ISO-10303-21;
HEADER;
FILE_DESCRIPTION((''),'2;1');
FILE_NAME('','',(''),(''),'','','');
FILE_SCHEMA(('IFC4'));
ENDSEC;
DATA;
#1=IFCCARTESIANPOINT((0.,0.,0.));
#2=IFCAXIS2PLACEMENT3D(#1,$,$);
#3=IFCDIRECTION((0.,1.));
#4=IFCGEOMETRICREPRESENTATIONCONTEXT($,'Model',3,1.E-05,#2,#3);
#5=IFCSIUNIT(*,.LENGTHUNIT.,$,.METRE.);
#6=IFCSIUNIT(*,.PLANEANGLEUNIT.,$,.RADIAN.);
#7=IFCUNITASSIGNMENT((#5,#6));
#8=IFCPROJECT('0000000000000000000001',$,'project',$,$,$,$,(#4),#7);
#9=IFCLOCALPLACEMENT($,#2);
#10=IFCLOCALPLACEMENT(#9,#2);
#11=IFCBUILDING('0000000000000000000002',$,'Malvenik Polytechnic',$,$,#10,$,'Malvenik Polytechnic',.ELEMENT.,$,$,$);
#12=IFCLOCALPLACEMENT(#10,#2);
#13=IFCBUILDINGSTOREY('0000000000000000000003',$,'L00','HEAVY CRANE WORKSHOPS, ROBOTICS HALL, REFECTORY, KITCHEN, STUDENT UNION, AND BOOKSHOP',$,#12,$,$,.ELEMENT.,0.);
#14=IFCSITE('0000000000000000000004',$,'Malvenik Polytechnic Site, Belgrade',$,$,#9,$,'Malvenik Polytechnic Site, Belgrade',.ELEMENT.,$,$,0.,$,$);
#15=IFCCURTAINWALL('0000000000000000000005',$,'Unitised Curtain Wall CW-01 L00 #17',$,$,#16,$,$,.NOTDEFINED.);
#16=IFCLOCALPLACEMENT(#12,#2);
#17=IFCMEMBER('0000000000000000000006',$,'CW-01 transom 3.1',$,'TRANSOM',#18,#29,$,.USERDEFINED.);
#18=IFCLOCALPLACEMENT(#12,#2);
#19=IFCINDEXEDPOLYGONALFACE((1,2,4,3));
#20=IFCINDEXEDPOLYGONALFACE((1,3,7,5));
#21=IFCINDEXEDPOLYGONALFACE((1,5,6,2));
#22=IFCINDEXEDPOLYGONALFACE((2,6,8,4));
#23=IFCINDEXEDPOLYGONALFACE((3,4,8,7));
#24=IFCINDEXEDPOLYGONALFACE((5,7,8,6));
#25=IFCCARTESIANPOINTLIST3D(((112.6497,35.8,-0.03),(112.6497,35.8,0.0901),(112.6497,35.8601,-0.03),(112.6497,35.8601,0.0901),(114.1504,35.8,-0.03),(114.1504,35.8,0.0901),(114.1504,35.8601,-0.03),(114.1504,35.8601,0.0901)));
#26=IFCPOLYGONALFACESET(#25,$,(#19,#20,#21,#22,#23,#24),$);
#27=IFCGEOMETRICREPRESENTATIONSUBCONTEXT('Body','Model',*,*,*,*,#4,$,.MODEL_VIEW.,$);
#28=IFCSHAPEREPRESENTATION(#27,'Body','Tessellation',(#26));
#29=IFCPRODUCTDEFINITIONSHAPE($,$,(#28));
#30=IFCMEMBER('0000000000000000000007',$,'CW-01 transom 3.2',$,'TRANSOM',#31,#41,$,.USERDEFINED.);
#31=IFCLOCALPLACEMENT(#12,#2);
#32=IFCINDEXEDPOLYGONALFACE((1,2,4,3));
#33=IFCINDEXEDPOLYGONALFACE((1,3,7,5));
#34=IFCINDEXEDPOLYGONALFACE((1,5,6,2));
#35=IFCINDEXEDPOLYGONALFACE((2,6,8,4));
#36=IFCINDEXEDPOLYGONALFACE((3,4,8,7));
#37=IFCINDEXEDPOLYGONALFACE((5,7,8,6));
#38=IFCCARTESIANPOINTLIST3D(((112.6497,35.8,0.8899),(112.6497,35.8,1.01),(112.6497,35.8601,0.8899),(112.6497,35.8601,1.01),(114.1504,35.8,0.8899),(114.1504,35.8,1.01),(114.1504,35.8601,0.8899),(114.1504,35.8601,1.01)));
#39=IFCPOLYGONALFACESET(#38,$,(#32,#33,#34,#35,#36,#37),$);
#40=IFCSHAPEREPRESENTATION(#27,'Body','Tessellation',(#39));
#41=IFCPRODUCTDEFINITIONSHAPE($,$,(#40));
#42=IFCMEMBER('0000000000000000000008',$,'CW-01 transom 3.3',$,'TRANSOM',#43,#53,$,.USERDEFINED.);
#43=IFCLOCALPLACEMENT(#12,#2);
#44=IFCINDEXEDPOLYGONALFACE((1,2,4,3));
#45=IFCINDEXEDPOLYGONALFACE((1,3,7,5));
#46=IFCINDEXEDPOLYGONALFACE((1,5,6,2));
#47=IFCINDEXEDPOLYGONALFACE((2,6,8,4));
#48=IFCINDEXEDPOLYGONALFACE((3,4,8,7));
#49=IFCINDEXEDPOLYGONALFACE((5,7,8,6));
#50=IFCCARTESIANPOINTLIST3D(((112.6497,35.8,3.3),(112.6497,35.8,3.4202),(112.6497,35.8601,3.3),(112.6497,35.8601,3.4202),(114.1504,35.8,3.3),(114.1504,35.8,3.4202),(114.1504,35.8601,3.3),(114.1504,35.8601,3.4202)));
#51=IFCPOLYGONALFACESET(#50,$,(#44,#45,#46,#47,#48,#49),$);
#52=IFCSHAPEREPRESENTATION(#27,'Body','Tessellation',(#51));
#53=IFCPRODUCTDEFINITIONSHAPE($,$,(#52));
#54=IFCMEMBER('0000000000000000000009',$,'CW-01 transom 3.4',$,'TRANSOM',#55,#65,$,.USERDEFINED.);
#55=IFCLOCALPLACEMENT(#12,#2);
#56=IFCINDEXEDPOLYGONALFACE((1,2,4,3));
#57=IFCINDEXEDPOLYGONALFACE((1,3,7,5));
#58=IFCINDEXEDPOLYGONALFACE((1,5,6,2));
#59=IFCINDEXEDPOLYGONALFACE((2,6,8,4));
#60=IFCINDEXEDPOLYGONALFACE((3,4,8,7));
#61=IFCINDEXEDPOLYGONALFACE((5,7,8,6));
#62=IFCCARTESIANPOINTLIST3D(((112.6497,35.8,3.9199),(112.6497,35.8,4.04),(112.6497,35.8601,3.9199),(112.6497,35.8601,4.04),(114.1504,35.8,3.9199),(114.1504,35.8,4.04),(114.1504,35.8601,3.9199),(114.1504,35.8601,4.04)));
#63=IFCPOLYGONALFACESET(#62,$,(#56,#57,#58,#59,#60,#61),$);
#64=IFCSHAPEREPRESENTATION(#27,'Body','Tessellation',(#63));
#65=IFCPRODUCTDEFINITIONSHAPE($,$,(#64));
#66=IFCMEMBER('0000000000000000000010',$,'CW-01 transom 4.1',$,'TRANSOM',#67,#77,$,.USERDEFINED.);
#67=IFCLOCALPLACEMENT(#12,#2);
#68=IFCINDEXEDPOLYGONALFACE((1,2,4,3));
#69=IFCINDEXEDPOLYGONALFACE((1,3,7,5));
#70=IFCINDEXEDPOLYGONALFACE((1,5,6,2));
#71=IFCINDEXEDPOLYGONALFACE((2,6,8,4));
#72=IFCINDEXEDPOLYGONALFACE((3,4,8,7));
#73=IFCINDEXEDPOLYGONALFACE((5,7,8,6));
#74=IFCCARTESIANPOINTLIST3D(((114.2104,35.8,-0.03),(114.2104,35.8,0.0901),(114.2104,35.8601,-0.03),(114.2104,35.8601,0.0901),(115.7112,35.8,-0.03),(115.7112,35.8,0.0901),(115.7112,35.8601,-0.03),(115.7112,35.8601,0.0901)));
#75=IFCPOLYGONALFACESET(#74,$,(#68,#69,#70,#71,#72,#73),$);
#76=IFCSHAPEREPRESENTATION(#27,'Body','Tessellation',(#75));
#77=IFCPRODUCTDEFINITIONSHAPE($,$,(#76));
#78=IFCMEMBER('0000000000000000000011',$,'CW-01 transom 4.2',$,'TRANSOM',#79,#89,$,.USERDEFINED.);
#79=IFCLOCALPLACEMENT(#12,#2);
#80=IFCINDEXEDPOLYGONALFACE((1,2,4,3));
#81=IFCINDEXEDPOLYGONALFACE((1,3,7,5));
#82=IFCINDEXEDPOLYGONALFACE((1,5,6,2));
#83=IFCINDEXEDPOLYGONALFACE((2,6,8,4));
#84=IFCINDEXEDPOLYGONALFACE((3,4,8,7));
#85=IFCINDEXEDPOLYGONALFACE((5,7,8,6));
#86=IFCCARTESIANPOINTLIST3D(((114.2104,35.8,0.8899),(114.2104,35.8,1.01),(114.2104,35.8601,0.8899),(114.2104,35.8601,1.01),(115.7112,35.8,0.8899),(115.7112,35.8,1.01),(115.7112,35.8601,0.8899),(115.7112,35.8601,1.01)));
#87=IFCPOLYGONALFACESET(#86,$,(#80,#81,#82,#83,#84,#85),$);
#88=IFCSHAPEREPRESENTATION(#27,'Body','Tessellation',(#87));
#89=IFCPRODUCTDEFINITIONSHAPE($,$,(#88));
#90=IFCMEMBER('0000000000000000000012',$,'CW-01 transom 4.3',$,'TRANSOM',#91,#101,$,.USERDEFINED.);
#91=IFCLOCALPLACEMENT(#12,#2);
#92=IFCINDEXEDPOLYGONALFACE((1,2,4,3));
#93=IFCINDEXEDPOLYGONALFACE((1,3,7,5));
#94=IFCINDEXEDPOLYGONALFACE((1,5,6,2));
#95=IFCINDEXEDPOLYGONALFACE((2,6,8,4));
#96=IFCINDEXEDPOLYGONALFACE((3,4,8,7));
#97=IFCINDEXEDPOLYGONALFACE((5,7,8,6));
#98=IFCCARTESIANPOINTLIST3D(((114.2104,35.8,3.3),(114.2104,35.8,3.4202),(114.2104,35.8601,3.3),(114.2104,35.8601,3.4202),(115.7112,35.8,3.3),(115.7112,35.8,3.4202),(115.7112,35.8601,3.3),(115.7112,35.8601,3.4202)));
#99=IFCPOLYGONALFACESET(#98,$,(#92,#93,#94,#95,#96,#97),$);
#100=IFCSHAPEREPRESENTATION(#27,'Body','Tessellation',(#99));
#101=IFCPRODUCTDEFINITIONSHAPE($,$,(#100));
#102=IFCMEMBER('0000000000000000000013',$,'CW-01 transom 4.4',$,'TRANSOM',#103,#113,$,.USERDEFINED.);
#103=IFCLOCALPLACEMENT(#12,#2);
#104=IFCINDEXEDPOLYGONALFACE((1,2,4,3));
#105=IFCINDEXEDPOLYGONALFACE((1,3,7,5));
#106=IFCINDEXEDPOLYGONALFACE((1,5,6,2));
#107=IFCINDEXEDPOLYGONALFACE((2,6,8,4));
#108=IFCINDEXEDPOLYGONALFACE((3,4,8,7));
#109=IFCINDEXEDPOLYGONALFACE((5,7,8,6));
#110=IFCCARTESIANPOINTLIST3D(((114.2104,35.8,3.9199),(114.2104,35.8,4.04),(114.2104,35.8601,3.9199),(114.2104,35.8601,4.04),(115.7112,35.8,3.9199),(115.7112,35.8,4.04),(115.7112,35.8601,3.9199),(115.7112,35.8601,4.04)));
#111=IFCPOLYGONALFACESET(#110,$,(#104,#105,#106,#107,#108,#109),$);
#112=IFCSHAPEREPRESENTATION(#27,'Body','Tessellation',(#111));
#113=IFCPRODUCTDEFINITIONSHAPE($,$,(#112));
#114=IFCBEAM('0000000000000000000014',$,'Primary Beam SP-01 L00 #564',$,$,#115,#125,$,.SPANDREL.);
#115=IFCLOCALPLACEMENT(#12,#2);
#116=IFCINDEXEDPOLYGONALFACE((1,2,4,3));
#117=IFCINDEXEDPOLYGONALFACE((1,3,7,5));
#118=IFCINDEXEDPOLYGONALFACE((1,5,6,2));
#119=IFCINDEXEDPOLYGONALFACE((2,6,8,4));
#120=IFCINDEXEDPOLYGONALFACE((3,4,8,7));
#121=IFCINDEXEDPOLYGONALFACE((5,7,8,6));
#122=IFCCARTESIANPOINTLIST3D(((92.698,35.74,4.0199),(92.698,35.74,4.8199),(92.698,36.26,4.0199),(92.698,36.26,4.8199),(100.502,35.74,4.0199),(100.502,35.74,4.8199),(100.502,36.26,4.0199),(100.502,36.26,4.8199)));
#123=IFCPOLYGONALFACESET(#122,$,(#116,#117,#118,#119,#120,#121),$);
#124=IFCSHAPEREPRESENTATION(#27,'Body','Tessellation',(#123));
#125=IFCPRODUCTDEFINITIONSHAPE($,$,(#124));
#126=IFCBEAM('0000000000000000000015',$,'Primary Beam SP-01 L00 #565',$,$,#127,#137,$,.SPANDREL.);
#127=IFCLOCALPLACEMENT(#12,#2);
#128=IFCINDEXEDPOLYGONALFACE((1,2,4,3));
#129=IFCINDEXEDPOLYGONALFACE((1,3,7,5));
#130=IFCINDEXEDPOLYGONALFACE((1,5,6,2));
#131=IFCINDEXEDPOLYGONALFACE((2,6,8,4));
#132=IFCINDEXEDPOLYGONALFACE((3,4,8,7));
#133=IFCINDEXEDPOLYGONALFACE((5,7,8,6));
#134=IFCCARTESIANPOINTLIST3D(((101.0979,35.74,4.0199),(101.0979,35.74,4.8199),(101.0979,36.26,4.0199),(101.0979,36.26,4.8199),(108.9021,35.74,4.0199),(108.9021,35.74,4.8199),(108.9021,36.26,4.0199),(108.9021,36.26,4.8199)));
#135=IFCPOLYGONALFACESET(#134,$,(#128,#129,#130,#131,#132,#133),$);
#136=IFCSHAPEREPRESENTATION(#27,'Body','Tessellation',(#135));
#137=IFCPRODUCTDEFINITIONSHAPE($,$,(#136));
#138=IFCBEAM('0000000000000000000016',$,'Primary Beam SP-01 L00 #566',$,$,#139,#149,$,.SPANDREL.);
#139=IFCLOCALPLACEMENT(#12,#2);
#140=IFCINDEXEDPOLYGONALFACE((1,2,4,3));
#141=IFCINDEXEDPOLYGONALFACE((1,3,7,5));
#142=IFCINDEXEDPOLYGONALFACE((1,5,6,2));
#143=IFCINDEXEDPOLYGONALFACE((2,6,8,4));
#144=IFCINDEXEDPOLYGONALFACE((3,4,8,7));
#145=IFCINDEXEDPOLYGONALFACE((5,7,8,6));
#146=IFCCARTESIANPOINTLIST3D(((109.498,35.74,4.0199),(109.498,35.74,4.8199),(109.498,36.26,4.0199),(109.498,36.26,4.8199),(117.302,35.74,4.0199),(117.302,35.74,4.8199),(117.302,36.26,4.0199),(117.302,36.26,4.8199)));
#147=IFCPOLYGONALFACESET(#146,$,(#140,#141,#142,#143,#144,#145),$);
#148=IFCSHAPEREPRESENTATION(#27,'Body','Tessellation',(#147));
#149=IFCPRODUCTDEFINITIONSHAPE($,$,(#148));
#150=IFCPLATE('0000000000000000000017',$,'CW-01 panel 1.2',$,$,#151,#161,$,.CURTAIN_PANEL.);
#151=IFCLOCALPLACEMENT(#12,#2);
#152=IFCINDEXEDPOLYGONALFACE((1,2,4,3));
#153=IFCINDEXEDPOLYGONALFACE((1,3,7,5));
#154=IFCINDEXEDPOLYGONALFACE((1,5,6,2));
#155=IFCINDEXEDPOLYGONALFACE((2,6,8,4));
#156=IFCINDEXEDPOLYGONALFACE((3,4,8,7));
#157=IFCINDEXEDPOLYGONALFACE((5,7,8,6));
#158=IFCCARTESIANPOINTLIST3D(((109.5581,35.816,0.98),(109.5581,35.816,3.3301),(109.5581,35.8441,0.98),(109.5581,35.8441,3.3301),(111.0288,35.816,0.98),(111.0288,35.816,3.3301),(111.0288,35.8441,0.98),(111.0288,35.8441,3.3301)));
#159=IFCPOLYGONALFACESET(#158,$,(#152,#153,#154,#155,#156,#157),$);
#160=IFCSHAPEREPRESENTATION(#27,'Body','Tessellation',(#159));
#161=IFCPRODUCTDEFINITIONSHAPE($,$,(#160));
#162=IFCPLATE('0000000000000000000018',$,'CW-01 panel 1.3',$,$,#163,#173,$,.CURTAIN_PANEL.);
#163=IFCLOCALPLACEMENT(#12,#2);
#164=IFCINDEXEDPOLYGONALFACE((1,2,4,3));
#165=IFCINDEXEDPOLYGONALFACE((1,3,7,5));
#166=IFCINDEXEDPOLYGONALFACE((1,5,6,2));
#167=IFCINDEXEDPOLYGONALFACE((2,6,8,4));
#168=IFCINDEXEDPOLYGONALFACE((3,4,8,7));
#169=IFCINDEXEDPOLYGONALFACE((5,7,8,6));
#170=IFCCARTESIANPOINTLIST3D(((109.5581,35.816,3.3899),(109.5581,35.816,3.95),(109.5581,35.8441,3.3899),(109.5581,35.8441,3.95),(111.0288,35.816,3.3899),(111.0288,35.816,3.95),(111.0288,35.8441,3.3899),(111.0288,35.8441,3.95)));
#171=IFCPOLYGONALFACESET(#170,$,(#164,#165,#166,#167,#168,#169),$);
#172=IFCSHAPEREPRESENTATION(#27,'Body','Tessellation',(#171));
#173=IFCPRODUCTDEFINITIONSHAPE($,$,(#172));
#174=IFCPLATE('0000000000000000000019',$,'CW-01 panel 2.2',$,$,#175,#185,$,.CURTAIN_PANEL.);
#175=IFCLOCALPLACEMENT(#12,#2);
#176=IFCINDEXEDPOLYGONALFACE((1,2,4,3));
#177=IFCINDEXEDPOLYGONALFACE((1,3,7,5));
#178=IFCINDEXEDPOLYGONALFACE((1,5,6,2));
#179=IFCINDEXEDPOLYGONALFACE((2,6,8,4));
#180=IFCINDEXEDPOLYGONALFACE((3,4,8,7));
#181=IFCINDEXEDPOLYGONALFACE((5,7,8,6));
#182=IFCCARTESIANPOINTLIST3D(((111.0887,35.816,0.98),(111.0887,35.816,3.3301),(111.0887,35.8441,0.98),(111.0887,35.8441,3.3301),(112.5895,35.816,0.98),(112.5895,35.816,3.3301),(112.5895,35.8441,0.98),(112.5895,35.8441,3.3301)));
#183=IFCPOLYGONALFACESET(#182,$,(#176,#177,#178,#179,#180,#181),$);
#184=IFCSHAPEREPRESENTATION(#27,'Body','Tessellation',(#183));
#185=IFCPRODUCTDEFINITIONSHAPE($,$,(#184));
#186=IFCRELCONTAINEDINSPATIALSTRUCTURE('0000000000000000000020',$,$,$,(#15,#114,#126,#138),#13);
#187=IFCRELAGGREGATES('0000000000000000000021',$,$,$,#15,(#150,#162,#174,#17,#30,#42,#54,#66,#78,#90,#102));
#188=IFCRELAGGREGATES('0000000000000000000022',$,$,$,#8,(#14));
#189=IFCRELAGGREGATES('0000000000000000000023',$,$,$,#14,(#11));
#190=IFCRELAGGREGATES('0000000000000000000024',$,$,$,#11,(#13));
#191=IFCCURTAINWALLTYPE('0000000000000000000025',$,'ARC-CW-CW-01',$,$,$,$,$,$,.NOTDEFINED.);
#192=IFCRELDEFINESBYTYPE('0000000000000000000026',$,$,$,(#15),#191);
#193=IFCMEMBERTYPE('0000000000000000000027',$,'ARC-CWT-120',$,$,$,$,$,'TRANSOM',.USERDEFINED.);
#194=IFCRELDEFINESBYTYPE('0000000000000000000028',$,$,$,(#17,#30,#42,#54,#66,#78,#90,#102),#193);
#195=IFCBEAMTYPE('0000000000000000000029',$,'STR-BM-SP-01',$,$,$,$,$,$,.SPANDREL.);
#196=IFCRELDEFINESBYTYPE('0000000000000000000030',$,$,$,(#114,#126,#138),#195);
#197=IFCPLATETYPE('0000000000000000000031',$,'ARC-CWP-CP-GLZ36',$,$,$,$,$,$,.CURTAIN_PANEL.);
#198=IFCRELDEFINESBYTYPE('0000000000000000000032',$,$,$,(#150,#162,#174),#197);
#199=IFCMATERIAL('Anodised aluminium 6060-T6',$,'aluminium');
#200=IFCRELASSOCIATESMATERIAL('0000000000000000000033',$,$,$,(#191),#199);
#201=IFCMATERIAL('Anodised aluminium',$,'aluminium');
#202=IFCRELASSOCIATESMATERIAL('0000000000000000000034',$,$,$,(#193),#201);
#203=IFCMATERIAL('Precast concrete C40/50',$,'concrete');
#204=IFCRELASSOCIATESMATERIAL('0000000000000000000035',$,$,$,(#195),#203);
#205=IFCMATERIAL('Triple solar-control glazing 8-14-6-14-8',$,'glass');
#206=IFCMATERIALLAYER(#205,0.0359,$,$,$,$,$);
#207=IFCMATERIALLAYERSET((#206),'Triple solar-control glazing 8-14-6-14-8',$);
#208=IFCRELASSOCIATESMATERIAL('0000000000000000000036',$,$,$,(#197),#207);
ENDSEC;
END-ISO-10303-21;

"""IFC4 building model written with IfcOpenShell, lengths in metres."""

from ifc_helpers import new_model, si_unit, direction, frame, origin, origin_2d, place, context, subcontext, project, spatial, rectangle, extrude, material, layer, layer_set, material_profile, profile_set, type_object, element, aggregate, save


model = new_model("IFC4")

# Units and contexts
model_context = context("Model", 3, precision=1e-05, world=origin(), true_north=direction((0.0, 1.0)))
body_context = subcontext(model_context, "Body", "Model", "MODEL_VIEW")
ifc_project = project(units=[si_unit("LENGTHUNIT", "METRE"), si_unit("PLANEANGLEUNIT", "RADIAN")], contexts=[model_context])

# Site, building, storey
site_placement = place(None, origin())
site = spatial("IfcSite", under=ifc_project, at=site_placement, Name="Malvenik Polytechnic Site, Belgrade", LongName="Malvenik Polytechnic Site, Belgrade", CompositionType="ELEMENT", RefElevation=0.0)
building_placement = place(site_placement, origin())
building = spatial("IfcBuilding", under=site, at=building_placement, Name="Malvenik Polytechnic", LongName="Malvenik Polytechnic", CompositionType="ELEMENT")
storey_placement = place(building_placement, origin())
storey = spatial("IfcBuildingStorey", under=building, at=storey_placement, Name="L00", Description="HEAVY CRANE WORKSHOPS, ROBOTICS HALL, REFECTORY, KITCHEN, STUDENT UNION, AND BOOKSHOP", CompositionType="ELEMENT", Elevation=0.0)

# Curtain wall, members
ifc_material_1 = material(Name="Anodised aluminium 6060-T6", Category="aluminium")
curtain_wall_type = type_object("IfcCurtainWallType", Name="ARC-CW-CW-01", PredefinedType="NOTDEFINED", material=ifc_material_1)
curtain_wall_placement = place(storey_placement, origin())
curtain_wall = element("IfcCurtainWall", 1, at=curtain_wall_placement, inside=storey, type_object=curtain_wall_type, Name="Unitised Curtain Wall CW-01 L00 #17", PredefinedType="NOTDEFINED")
ifc_material_2 = material(Name="Anodised aluminium", Category="aluminium")
ifc_material_profile_1 = material_profile(ifc_material_2, rectangle(XDim=0.0601, YDim=0.1201, at=origin_2d()), Name="ALU TRANSOM 60x120")
ifc_profile_set_1 = profile_set([ifc_material_profile_1], Name="Anodised aluminium")
member_type_1 = type_object("IfcMemberType", Name="ARC-CWT-120", ElementType="TRANSOM", PredefinedType="USERDEFINED", material=ifc_profile_set_1)
member_1_placement = place(storey_placement, frame((112.6497, 35.8301, 0.03), z_axis=(1.0, 0.0, 0.0), x_axis=(0.0, 1.0, 0.0)))
member_1 = element("IfcMember", 2, at=member_1_placement, type_object=member_type_1, Name="CW-01 transom 3.1", ObjectType="TRANSOM", PredefinedType="USERDEFINED", context=body_context, shape_type="SweptSolid", body=[
    extrude(rectangle(XDim=0.0601, YDim=0.1201, at=origin_2d()), origin(), (0.0, 0.0, 1.0), 1.5007),
])
member_2_placement = place(storey_placement, frame((112.6497, 35.8301, 0.95), z_axis=(1.0, 0.0, 0.0), x_axis=(0.0, 1.0, 0.0)))
member_2 = element("IfcMember", 3, at=member_2_placement, type_object=member_type_1, Name="CW-01 transom 3.2", ObjectType="TRANSOM", PredefinedType="USERDEFINED", context=body_context, shape_type="SweptSolid", body=[
    extrude(rectangle(XDim=0.0601, YDim=0.1201, at=origin_2d()), origin(), (0.0, 0.0, 1.0), 1.5007),
])
member_3_placement = place(storey_placement, frame((112.6497, 35.8301, 3.3601), z_axis=(1.0, 0.0, 0.0), x_axis=(0.0, 1.0, 0.0)))
member_3 = element("IfcMember", 4, at=member_3_placement, type_object=member_type_1, Name="CW-01 transom 3.3", ObjectType="TRANSOM", PredefinedType="USERDEFINED", context=body_context, shape_type="SweptSolid", body=[
    extrude(rectangle(XDim=0.0601, YDim=0.1201, at=origin_2d()), origin(), (0.0, 0.0, 1.0), 1.5007),
])
member_4_placement = place(storey_placement, frame((112.6497, 35.8301, 3.98), z_axis=(1.0, 0.0, 0.0), x_axis=(0.0, 1.0, 0.0)))
member_4 = element("IfcMember", 5, at=member_4_placement, type_object=member_type_1, Name="CW-01 transom 3.4", ObjectType="TRANSOM", PredefinedType="USERDEFINED", context=body_context, shape_type="SweptSolid", body=[
    extrude(rectangle(XDim=0.0601, YDim=0.1201, at=origin_2d()), origin(), (0.0, 0.0, 1.0), 1.5007),
])
member_5_placement = place(storey_placement, frame((114.2104, 35.8301, 0.03), z_axis=(1.0, 0.0, 0.0), x_axis=(0.0, 1.0, 0.0)))
member_5 = element("IfcMember", 6, at=member_5_placement, type_object=member_type_1, Name="CW-01 transom 4.1", ObjectType="TRANSOM", PredefinedType="USERDEFINED", context=body_context, shape_type="SweptSolid", body=[
    extrude(rectangle(XDim=0.0601, YDim=0.1201, at=origin_2d()), origin(), (0.0, 0.0, 1.0), 1.5007),
])
member_6_placement = place(storey_placement, frame((114.2104, 35.8301, 0.95), z_axis=(1.0, 0.0, 0.0), x_axis=(0.0, 1.0, 0.0)))
member_6 = element("IfcMember", 7, at=member_6_placement, type_object=member_type_1, Name="CW-01 transom 4.2", ObjectType="TRANSOM", PredefinedType="USERDEFINED", context=body_context, shape_type="SweptSolid", body=[
    extrude(rectangle(XDim=0.0601, YDim=0.1201, at=origin_2d()), origin(), (0.0, 0.0, 1.0), 1.5007),
])
member_7_placement = place(storey_placement, frame((114.2104, 35.8301, 3.3601), z_axis=(1.0, 0.0, 0.0), x_axis=(0.0, 1.0, 0.0)))
member_7 = element("IfcMember", 8, at=member_7_placement, type_object=member_type_1, Name="CW-01 transom 4.3", ObjectType="TRANSOM", PredefinedType="USERDEFINED", context=body_context, shape_type="SweptSolid", body=[
    extrude(rectangle(XDim=0.0601, YDim=0.1201, at=origin_2d()), origin(), (0.0, 0.0, 1.0), 1.5007),
])
member_8_placement = place(storey_placement, frame((114.2104, 35.8301, 3.98), z_axis=(1.0, 0.0, 0.0), x_axis=(0.0, 1.0, 0.0)))
member_8 = element("IfcMember", 9, at=member_8_placement, type_object=member_type_1, Name="CW-01 transom 4.4", ObjectType="TRANSOM", PredefinedType="USERDEFINED", context=body_context, shape_type="SweptSolid", body=[
    extrude(rectangle(XDim=0.0601, YDim=0.1201, at=origin_2d()), origin(), (0.0, 0.0, 1.0), 1.5007),
])

# Beams
ifc_material_3 = material(Name="Precast concrete C40/50", Category="concrete")
ifc_material_profile_2 = material_profile(ifc_material_3, rectangle(XDim=0.52, YDim=0.8, at=origin_2d()), Name="PC SPN 520x800")
ifc_profile_set_2 = profile_set([ifc_material_profile_2], Name="Precast concrete C40/50")
beam_type = type_object("IfcBeamType", Name="STR-BM-SP-01", PredefinedType="SPANDREL", material=ifc_profile_set_2)
beam_1_placement = place(storey_placement, frame((92.698, 36.0, 4.4199), z_axis=(1.0, 0.0, 0.0), x_axis=(0.0, 1.0, 0.0)))
element("IfcBeam", 10, at=beam_1_placement, inside=storey, type_object=beam_type, Name="Primary Beam SP-01 L00 #564", PredefinedType="SPANDREL", context=body_context, shape_type="SweptSolid", body=[
    extrude(rectangle(XDim=0.52, YDim=0.8, at=origin_2d()), origin(), (0.0, 0.0, 1.0), 7.804),
])
beam_2_placement = place(storey_placement, frame((101.0979, 36.0, 4.4199), z_axis=(1.0, 0.0, 0.0), x_axis=(0.0, 1.0, 0.0)))
element("IfcBeam", 11, at=beam_2_placement, inside=storey, type_object=beam_type, Name="Primary Beam SP-01 L00 #565", PredefinedType="SPANDREL", context=body_context, shape_type="SweptSolid", body=[
    extrude(rectangle(XDim=0.52, YDim=0.8, at=origin_2d()), origin(), (0.0, 0.0, 1.0), 7.8042),
])
beam_3_placement = place(storey_placement, frame((109.498, 36.0, 4.4199), z_axis=(1.0, 0.0, 0.0), x_axis=(0.0, 1.0, 0.0)))
element("IfcBeam", 12, at=beam_3_placement, inside=storey, type_object=beam_type, Name="Primary Beam SP-01 L00 #566", PredefinedType="SPANDREL", context=body_context, shape_type="SweptSolid", body=[
    extrude(rectangle(XDim=0.52, YDim=0.8, at=origin_2d()), origin(), (0.0, 0.0, 1.0), 7.804),
])

# Plates
ifc_material_4 = material(Name="Triple solar-control glazing 8-14-6-14-8", Category="glass")
ifc_layer_1 = layer(ifc_material_4, 0.0359)
ifc_layer_set_1 = layer_set([ifc_layer_1], Name="Triple solar-control glazing 8-14-6-14-8")
plate_type_1 = type_object("IfcPlateType", Name="ARC-CWP-CP-GLZ36", PredefinedType="CURTAIN_PANEL", material=ifc_layer_set_1)
plate_1_placement = place(storey_placement, frame((110.2935, 35.8301, 0.98), z_axis=(0.0, 0.0, 1.0), x_axis=(1.0, 0.0, 0.0)))
plate_1 = element("IfcPlate", 13, at=plate_1_placement, type_object=plate_type_1, Name="CW-01 panel 1.2", PredefinedType="CURTAIN_PANEL", context=body_context, shape_type="SweptSolid", body=[
    extrude(rectangle(XDim=1.4707, YDim=0.0281, at=origin_2d()), origin(), (0.0, 0.0, 1.0), 2.3501),
])
plate_2_placement = place(storey_placement, frame((110.2935, 35.8301, 3.3899), z_axis=(0.0, 0.0, 1.0), x_axis=(1.0, 0.0, 0.0)))
plate_2 = element("IfcPlate", 14, at=plate_2_placement, type_object=plate_type_1, Name="CW-01 panel 1.3", PredefinedType="CURTAIN_PANEL", context=body_context, shape_type="SweptSolid", body=[
    extrude(rectangle(XDim=1.4707, YDim=0.0281, at=origin_2d()), origin(), (0.0, 0.0, 1.0), 0.5601),
])
plate_3_placement = place(storey_placement, frame((111.8391, 35.8301, 0.98), z_axis=(0.0, 0.0, 1.0), x_axis=(1.0, 0.0, 0.0)))
plate_3 = element("IfcPlate", 15, at=plate_3_placement, type_object=plate_type_1, Name="CW-01 panel 2.2", PredefinedType="CURTAIN_PANEL", context=body_context, shape_type="SweptSolid", body=[
    extrude(rectangle(XDim=1.5007, YDim=0.0281, at=origin_2d()), origin(), (0.0, 0.0, 1.0), 2.3501),
])
aggregate(curtain_wall, [plate_1, plate_2, plate_3, member_1, member_2, member_3, member_4, member_5, member_6, member_7, member_8])

save(model, "model.ifc")
